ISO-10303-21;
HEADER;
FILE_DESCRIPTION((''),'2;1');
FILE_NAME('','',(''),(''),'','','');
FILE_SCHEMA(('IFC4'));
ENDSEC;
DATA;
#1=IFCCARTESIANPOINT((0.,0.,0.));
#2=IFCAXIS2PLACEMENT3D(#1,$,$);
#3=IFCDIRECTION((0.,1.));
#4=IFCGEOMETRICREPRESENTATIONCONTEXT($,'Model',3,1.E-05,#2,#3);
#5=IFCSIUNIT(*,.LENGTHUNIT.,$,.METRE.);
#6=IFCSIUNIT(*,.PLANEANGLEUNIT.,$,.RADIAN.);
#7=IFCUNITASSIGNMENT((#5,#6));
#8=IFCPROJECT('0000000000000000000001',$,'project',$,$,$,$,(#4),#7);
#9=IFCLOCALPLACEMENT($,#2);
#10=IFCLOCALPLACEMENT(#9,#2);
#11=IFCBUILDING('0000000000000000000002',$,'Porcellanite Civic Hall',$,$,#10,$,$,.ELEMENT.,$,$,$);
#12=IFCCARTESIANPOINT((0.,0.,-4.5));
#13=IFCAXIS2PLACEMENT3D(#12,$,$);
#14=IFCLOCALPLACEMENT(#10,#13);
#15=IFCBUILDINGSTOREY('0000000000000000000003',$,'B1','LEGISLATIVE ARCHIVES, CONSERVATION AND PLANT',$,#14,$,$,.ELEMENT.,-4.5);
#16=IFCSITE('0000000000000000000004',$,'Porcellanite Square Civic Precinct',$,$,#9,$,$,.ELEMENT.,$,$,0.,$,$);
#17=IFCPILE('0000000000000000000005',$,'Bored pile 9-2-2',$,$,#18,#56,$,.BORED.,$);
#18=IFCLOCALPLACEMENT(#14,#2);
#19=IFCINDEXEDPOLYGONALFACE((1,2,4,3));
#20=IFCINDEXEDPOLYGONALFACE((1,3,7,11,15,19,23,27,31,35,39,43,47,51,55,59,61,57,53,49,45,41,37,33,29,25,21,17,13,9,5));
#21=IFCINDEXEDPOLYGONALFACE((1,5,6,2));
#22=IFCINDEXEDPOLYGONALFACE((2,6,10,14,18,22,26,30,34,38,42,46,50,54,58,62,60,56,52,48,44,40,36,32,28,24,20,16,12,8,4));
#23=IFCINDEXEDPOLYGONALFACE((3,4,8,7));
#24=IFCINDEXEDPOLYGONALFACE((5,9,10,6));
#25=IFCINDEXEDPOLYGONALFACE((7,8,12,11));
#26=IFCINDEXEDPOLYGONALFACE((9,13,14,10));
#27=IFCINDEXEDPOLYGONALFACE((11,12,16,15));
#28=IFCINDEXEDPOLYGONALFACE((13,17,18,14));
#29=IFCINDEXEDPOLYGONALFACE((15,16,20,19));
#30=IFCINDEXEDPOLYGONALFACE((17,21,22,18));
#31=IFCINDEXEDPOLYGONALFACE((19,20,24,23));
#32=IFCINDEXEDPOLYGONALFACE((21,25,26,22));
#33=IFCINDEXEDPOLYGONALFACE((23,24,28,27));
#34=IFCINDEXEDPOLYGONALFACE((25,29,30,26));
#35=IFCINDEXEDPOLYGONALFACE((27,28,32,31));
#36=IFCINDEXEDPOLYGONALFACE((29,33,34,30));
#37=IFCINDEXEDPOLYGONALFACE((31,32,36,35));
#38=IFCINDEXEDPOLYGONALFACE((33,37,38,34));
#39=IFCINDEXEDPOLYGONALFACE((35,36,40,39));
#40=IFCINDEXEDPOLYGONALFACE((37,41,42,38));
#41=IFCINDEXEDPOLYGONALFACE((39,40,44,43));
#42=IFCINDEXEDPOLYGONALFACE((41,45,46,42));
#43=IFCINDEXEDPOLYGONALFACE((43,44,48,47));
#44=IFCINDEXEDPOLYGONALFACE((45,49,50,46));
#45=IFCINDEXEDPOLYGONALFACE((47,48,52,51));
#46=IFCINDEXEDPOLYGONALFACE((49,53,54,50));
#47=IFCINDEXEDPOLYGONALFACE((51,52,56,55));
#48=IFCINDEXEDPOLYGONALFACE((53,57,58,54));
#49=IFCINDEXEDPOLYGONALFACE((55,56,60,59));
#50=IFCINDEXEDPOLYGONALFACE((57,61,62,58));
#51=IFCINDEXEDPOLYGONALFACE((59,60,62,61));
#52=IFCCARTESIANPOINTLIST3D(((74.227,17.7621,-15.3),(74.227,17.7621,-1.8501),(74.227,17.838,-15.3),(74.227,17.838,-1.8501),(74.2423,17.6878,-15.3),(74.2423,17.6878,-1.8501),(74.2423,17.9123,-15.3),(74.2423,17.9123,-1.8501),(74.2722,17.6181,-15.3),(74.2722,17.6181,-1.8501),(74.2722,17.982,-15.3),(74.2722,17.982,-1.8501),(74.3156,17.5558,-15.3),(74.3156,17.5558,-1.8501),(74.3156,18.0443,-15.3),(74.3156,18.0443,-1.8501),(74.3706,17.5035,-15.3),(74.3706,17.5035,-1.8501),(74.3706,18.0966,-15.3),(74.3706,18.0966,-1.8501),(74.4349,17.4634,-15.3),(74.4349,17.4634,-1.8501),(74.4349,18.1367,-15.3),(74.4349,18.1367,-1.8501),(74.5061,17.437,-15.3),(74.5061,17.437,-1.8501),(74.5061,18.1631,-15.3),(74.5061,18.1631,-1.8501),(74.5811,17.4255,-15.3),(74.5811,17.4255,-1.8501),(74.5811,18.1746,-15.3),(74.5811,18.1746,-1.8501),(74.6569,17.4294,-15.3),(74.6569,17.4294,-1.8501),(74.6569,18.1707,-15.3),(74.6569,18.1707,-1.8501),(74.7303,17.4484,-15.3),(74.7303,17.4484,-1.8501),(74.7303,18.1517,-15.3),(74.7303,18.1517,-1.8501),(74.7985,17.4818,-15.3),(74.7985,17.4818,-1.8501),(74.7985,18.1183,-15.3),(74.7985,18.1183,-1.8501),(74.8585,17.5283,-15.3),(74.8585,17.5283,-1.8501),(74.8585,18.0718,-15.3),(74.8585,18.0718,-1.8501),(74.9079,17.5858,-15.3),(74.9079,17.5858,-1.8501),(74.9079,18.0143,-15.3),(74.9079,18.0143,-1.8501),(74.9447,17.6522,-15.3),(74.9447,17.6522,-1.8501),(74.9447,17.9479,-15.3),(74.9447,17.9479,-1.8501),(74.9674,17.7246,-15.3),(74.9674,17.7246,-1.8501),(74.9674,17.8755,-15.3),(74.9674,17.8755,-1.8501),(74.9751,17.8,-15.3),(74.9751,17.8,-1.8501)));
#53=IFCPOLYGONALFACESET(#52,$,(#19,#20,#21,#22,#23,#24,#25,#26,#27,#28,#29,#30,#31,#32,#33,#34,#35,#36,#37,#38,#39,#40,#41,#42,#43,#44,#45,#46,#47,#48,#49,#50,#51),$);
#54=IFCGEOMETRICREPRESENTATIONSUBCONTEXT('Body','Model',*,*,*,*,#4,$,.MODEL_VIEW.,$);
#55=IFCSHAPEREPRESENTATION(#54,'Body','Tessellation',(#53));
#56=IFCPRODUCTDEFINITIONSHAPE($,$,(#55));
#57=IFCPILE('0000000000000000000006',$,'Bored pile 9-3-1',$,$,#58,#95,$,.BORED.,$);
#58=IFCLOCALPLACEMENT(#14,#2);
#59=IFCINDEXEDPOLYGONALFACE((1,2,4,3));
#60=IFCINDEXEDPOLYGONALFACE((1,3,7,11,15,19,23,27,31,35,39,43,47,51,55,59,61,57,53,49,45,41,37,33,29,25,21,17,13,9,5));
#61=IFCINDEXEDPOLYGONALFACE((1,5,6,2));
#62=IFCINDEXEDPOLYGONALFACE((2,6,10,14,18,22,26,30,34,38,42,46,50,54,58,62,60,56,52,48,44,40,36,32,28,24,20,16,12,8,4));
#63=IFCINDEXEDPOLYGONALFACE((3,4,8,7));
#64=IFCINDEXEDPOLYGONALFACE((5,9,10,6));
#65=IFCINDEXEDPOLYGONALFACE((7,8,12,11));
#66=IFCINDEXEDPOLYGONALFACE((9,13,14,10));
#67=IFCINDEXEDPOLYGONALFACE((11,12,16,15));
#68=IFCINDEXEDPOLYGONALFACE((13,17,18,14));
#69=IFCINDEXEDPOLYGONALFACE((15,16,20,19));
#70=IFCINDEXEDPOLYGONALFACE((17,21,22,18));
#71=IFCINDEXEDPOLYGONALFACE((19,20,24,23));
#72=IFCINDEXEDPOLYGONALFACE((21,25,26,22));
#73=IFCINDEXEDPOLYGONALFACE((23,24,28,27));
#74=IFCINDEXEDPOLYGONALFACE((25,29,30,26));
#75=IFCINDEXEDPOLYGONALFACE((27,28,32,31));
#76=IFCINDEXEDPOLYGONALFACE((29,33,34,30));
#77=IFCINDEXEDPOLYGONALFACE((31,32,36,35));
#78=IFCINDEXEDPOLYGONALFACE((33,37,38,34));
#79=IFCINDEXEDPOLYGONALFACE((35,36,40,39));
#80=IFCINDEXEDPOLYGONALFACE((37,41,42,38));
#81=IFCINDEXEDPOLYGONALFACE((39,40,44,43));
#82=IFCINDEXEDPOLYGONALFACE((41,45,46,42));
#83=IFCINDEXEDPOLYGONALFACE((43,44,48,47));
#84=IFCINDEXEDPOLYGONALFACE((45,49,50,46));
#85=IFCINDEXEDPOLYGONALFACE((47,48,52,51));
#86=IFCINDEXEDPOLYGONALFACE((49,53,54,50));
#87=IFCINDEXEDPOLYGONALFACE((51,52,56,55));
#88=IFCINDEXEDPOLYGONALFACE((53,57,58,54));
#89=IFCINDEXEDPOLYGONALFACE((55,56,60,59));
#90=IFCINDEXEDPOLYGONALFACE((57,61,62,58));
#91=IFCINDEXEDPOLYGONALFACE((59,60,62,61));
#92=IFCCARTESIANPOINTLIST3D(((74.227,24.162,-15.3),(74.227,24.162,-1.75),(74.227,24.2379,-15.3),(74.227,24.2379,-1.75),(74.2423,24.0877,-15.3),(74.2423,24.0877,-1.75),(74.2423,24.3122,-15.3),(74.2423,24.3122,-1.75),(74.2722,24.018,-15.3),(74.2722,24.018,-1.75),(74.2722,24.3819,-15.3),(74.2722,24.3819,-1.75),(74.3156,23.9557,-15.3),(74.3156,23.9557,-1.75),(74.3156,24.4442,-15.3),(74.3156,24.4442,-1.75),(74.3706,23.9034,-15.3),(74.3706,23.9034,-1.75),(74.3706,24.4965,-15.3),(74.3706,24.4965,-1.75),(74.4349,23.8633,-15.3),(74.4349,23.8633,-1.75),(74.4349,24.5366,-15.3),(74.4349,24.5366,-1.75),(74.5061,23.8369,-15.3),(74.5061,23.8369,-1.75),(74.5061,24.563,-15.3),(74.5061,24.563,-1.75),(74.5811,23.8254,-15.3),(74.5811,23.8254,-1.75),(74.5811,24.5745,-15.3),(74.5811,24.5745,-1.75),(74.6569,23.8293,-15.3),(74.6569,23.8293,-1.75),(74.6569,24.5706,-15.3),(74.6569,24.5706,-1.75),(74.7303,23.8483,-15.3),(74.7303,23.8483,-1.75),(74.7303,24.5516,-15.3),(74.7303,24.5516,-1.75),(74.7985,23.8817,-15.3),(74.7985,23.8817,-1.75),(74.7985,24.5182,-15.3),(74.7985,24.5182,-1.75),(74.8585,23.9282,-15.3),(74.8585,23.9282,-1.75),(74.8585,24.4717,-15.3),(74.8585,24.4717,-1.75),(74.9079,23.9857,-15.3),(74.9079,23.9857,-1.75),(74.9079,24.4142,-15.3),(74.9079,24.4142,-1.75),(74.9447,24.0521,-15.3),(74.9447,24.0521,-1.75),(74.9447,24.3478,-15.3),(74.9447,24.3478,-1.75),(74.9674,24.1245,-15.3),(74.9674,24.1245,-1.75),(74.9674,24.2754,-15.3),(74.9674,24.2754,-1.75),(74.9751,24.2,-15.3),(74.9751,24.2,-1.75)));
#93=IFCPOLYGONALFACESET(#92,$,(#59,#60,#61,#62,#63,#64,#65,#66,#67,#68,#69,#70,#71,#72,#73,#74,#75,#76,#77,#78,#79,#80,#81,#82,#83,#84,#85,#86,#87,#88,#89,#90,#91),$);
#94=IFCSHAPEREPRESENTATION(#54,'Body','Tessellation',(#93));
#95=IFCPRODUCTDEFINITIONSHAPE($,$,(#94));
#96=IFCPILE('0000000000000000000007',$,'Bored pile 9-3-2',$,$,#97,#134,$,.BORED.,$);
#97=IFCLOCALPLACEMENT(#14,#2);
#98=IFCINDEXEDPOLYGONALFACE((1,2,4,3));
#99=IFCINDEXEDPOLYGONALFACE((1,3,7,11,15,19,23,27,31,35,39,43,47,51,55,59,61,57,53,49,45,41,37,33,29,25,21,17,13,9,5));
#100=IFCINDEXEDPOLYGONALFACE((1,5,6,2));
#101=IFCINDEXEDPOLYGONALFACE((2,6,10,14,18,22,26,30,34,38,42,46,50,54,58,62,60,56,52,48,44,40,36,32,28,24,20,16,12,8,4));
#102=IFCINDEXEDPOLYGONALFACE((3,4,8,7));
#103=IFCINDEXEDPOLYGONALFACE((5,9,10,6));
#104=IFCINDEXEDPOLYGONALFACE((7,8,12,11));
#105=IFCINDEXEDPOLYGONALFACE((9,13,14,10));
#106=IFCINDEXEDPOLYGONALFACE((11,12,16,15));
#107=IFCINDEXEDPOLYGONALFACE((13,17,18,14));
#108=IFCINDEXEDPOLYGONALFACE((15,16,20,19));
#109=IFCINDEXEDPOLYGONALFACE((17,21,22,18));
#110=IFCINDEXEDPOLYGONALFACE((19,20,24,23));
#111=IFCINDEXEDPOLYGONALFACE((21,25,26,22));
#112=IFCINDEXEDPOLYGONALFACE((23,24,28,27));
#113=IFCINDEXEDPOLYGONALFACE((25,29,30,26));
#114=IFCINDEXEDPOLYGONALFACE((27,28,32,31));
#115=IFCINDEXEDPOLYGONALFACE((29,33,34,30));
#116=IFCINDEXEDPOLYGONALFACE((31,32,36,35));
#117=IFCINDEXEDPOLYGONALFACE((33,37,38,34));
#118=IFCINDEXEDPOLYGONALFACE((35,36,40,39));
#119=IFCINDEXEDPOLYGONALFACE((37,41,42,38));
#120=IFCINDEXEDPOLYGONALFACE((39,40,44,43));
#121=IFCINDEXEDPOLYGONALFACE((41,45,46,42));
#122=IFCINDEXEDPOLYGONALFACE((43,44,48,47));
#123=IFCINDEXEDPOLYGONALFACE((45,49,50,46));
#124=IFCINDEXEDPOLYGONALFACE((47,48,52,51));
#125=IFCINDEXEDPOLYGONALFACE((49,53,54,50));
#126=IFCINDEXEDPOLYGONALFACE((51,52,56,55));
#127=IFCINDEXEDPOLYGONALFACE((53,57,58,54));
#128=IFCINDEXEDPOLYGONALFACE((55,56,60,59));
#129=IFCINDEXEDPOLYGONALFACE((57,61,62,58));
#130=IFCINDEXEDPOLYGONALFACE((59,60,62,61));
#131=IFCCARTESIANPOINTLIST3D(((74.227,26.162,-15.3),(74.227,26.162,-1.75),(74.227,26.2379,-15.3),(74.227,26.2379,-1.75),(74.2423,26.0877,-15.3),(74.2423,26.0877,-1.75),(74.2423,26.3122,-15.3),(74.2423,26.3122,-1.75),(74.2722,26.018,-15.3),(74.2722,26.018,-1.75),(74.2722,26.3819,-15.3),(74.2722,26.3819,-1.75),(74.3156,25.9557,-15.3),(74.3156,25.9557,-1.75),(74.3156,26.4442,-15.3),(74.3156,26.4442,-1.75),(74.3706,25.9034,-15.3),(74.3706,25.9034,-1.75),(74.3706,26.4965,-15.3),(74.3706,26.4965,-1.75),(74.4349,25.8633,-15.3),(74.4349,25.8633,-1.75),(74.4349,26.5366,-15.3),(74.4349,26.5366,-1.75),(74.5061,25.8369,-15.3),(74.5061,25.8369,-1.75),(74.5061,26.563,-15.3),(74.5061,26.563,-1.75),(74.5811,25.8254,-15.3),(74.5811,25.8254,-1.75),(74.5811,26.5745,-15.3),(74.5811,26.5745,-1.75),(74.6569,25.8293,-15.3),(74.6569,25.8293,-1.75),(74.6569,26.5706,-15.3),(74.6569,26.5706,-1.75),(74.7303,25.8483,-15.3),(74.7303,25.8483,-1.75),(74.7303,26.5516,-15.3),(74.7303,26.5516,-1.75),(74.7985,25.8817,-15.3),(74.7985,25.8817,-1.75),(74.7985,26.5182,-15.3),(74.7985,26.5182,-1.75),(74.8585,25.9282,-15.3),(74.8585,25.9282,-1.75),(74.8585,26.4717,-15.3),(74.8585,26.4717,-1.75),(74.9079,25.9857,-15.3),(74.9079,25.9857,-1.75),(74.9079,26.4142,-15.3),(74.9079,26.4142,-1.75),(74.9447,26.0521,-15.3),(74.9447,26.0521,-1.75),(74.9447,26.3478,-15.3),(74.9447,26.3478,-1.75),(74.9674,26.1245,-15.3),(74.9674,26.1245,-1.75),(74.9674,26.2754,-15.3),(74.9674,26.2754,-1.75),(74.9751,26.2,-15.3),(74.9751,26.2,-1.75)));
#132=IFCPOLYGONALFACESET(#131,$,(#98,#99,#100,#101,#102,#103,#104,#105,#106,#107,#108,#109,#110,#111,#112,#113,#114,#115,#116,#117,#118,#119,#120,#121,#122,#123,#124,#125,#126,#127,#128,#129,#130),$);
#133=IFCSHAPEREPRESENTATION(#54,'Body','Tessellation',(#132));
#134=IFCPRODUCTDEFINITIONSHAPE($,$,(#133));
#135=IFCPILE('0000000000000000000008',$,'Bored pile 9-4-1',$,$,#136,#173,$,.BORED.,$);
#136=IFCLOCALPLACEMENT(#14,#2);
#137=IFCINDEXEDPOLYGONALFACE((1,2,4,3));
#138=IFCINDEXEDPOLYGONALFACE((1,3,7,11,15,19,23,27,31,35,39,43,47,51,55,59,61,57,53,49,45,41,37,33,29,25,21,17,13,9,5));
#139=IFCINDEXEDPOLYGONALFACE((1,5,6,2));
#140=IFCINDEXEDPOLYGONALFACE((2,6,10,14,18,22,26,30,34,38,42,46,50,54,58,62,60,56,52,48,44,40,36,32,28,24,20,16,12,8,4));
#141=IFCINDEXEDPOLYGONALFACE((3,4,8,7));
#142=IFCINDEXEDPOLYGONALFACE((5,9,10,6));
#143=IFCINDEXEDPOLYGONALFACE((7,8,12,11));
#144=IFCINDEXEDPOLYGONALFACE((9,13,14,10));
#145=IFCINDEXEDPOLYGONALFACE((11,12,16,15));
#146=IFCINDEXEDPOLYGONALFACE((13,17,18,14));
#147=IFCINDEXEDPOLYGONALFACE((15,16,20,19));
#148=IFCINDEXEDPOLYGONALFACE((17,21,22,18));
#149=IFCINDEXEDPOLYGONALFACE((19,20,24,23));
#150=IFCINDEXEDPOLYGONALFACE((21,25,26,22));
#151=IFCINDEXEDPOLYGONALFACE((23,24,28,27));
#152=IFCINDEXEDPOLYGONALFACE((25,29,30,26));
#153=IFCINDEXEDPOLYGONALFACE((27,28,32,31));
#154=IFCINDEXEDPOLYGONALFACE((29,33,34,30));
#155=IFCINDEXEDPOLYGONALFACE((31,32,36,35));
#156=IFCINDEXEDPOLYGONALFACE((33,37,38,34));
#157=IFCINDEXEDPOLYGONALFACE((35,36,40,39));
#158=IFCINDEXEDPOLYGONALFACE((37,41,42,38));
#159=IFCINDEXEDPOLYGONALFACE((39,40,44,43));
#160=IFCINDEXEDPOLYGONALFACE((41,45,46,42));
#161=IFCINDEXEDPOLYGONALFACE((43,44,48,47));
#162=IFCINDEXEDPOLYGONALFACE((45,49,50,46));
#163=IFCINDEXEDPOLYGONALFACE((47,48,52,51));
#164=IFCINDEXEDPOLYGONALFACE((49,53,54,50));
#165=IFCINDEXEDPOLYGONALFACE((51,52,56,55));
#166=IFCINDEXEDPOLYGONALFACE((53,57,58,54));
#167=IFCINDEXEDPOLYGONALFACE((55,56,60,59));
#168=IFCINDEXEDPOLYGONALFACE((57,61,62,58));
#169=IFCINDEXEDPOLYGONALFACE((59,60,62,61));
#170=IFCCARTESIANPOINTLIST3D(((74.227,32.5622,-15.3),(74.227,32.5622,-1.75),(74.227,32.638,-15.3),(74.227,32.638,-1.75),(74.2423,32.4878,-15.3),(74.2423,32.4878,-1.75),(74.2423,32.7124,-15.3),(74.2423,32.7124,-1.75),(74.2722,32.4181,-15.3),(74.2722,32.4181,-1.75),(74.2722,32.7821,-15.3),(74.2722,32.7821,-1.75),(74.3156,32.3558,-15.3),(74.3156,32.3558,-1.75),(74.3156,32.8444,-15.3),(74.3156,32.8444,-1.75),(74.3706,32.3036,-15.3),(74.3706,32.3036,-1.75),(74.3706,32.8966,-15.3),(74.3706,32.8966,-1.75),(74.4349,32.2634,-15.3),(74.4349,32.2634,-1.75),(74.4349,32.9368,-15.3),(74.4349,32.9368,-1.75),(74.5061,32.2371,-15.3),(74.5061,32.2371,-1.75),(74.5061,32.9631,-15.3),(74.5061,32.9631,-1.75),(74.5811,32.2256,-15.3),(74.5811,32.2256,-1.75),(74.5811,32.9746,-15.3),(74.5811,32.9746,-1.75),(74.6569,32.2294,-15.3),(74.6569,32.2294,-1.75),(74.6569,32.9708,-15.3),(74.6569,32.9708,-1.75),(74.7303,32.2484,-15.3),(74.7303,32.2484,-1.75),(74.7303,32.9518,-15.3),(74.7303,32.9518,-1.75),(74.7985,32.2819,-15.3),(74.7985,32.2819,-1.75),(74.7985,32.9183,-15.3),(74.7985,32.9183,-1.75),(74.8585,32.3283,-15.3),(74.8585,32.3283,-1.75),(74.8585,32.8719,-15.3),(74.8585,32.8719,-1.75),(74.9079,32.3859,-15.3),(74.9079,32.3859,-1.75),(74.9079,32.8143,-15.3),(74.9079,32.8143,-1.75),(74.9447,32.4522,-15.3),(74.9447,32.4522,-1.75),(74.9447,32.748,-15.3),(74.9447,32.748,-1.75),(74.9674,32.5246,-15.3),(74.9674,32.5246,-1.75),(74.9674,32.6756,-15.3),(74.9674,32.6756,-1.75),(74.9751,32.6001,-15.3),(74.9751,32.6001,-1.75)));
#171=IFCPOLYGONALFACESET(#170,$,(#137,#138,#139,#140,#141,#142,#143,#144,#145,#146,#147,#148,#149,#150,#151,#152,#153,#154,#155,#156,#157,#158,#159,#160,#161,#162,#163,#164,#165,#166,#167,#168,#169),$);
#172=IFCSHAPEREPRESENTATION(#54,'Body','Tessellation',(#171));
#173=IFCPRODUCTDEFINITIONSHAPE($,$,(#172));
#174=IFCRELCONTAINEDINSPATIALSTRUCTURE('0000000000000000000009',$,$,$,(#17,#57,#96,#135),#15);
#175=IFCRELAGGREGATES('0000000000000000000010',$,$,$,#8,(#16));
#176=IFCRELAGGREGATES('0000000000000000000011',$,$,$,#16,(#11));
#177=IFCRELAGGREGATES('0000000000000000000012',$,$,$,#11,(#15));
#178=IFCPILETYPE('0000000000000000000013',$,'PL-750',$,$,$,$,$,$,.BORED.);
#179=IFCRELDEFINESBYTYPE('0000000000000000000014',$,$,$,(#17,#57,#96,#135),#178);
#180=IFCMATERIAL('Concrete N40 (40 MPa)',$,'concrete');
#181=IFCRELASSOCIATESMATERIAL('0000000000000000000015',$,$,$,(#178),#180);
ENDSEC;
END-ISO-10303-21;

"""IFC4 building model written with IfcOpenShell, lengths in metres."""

from ifc_helpers import new_model, si_unit, direction, frame, origin, origin_2d, place, context, subcontext, project, spatial, circle, extrude, material, material_profile, profile_set, type_object, element, save


model = new_model("IFC4")

# Units and contexts
model_context = context("Model", 3, precision=1e-05, world=origin(), true_north=direction((0.0, 1.0)))
body_context = subcontext(model_context, "Body", "Model", "MODEL_VIEW")
ifc_project = project(units=[si_unit("LENGTHUNIT", "METRE"), si_unit("PLANEANGLEUNIT", "RADIAN")], contexts=[model_context])

# Site, building, storey
site_placement = place(None, origin())
site = spatial("IfcSite", under=ifc_project, at=site_placement, Name="Porcellanite Square Civic Precinct", CompositionType="ELEMENT", RefElevation=0.0)
building_placement = place(site_placement, origin())
building = spatial("IfcBuilding", under=site, at=building_placement, Name="Porcellanite Civic Hall", CompositionType="ELEMENT")
storey_placement = place(building_placement, frame((0.0, 0.0, -4.5)))
storey = spatial("IfcBuildingStorey", under=building, at=storey_placement, Name="B1", Description="LEGISLATIVE ARCHIVES, CONSERVATION AND PLANT", CompositionType="ELEMENT", Elevation=-4.5)

# Piles
ifc_material_1 = material(Name="Concrete N40 (40 MPa)", Category="concrete")
ifc_material_profile_1 = material_profile(ifc_material_1, circle(Radius=0.375, at=origin_2d()), Name="PILE-D750")
ifc_profile_set_1 = profile_set([ifc_material_profile_1], Name="Concrete N40 (40 MPa)")
pile_type_1 = type_object("IfcPileType", Name="PL-750", PredefinedType="BORED", material=ifc_profile_set_1)
for number, where, z_axis, x_axis, name in (
    (1, (74.6001, 17.8, -1.8501), (0.0, 0.0, -1.0), (1.0, 0.0, 0.0), "Bored pile 9-2-2"),
):
    element("IfcPile", number, at=place(storey_placement, frame(where, z_axis=z_axis, x_axis=x_axis)), inside=storey, type_object=pile_type_1, Name=name, PredefinedType="BORED", context=body_context, shape_type="SweptSolid", body=[
        extrude(circle(Radius=0.375, at=origin_2d()), origin(), (0.0, 0.0, 1.0), 13.45),
    ])
for number, where, z_axis, x_axis, name in (
    (2, (74.6001, 24.2, -1.75), (0.0, 0.0, -1.0), (1.0, 0.0, 0.0), "Bored pile 9-3-1"),
    (3, (74.6001, 26.2, -1.75), (0.0, 0.0, -1.0), (1.0, 0.0, 0.0), "Bored pile 9-3-2"),
    (4, (74.6001, 32.6001, -1.75), (0.0, 0.0, -1.0), (1.0, 0.0, 0.0), "Bored pile 9-4-1"),
):
    element("IfcPile", number, at=place(storey_placement, frame(where, z_axis=z_axis, x_axis=x_axis)), inside=storey, type_object=pile_type_1, Name=name, PredefinedType="BORED", context=body_context, shape_type="SweptSolid", body=[
        extrude(circle(Radius=0.375, at=origin_2d()), origin(), (0.0, 0.0, 1.0), 13.55),
    ])

save(model, "model.ifc")
